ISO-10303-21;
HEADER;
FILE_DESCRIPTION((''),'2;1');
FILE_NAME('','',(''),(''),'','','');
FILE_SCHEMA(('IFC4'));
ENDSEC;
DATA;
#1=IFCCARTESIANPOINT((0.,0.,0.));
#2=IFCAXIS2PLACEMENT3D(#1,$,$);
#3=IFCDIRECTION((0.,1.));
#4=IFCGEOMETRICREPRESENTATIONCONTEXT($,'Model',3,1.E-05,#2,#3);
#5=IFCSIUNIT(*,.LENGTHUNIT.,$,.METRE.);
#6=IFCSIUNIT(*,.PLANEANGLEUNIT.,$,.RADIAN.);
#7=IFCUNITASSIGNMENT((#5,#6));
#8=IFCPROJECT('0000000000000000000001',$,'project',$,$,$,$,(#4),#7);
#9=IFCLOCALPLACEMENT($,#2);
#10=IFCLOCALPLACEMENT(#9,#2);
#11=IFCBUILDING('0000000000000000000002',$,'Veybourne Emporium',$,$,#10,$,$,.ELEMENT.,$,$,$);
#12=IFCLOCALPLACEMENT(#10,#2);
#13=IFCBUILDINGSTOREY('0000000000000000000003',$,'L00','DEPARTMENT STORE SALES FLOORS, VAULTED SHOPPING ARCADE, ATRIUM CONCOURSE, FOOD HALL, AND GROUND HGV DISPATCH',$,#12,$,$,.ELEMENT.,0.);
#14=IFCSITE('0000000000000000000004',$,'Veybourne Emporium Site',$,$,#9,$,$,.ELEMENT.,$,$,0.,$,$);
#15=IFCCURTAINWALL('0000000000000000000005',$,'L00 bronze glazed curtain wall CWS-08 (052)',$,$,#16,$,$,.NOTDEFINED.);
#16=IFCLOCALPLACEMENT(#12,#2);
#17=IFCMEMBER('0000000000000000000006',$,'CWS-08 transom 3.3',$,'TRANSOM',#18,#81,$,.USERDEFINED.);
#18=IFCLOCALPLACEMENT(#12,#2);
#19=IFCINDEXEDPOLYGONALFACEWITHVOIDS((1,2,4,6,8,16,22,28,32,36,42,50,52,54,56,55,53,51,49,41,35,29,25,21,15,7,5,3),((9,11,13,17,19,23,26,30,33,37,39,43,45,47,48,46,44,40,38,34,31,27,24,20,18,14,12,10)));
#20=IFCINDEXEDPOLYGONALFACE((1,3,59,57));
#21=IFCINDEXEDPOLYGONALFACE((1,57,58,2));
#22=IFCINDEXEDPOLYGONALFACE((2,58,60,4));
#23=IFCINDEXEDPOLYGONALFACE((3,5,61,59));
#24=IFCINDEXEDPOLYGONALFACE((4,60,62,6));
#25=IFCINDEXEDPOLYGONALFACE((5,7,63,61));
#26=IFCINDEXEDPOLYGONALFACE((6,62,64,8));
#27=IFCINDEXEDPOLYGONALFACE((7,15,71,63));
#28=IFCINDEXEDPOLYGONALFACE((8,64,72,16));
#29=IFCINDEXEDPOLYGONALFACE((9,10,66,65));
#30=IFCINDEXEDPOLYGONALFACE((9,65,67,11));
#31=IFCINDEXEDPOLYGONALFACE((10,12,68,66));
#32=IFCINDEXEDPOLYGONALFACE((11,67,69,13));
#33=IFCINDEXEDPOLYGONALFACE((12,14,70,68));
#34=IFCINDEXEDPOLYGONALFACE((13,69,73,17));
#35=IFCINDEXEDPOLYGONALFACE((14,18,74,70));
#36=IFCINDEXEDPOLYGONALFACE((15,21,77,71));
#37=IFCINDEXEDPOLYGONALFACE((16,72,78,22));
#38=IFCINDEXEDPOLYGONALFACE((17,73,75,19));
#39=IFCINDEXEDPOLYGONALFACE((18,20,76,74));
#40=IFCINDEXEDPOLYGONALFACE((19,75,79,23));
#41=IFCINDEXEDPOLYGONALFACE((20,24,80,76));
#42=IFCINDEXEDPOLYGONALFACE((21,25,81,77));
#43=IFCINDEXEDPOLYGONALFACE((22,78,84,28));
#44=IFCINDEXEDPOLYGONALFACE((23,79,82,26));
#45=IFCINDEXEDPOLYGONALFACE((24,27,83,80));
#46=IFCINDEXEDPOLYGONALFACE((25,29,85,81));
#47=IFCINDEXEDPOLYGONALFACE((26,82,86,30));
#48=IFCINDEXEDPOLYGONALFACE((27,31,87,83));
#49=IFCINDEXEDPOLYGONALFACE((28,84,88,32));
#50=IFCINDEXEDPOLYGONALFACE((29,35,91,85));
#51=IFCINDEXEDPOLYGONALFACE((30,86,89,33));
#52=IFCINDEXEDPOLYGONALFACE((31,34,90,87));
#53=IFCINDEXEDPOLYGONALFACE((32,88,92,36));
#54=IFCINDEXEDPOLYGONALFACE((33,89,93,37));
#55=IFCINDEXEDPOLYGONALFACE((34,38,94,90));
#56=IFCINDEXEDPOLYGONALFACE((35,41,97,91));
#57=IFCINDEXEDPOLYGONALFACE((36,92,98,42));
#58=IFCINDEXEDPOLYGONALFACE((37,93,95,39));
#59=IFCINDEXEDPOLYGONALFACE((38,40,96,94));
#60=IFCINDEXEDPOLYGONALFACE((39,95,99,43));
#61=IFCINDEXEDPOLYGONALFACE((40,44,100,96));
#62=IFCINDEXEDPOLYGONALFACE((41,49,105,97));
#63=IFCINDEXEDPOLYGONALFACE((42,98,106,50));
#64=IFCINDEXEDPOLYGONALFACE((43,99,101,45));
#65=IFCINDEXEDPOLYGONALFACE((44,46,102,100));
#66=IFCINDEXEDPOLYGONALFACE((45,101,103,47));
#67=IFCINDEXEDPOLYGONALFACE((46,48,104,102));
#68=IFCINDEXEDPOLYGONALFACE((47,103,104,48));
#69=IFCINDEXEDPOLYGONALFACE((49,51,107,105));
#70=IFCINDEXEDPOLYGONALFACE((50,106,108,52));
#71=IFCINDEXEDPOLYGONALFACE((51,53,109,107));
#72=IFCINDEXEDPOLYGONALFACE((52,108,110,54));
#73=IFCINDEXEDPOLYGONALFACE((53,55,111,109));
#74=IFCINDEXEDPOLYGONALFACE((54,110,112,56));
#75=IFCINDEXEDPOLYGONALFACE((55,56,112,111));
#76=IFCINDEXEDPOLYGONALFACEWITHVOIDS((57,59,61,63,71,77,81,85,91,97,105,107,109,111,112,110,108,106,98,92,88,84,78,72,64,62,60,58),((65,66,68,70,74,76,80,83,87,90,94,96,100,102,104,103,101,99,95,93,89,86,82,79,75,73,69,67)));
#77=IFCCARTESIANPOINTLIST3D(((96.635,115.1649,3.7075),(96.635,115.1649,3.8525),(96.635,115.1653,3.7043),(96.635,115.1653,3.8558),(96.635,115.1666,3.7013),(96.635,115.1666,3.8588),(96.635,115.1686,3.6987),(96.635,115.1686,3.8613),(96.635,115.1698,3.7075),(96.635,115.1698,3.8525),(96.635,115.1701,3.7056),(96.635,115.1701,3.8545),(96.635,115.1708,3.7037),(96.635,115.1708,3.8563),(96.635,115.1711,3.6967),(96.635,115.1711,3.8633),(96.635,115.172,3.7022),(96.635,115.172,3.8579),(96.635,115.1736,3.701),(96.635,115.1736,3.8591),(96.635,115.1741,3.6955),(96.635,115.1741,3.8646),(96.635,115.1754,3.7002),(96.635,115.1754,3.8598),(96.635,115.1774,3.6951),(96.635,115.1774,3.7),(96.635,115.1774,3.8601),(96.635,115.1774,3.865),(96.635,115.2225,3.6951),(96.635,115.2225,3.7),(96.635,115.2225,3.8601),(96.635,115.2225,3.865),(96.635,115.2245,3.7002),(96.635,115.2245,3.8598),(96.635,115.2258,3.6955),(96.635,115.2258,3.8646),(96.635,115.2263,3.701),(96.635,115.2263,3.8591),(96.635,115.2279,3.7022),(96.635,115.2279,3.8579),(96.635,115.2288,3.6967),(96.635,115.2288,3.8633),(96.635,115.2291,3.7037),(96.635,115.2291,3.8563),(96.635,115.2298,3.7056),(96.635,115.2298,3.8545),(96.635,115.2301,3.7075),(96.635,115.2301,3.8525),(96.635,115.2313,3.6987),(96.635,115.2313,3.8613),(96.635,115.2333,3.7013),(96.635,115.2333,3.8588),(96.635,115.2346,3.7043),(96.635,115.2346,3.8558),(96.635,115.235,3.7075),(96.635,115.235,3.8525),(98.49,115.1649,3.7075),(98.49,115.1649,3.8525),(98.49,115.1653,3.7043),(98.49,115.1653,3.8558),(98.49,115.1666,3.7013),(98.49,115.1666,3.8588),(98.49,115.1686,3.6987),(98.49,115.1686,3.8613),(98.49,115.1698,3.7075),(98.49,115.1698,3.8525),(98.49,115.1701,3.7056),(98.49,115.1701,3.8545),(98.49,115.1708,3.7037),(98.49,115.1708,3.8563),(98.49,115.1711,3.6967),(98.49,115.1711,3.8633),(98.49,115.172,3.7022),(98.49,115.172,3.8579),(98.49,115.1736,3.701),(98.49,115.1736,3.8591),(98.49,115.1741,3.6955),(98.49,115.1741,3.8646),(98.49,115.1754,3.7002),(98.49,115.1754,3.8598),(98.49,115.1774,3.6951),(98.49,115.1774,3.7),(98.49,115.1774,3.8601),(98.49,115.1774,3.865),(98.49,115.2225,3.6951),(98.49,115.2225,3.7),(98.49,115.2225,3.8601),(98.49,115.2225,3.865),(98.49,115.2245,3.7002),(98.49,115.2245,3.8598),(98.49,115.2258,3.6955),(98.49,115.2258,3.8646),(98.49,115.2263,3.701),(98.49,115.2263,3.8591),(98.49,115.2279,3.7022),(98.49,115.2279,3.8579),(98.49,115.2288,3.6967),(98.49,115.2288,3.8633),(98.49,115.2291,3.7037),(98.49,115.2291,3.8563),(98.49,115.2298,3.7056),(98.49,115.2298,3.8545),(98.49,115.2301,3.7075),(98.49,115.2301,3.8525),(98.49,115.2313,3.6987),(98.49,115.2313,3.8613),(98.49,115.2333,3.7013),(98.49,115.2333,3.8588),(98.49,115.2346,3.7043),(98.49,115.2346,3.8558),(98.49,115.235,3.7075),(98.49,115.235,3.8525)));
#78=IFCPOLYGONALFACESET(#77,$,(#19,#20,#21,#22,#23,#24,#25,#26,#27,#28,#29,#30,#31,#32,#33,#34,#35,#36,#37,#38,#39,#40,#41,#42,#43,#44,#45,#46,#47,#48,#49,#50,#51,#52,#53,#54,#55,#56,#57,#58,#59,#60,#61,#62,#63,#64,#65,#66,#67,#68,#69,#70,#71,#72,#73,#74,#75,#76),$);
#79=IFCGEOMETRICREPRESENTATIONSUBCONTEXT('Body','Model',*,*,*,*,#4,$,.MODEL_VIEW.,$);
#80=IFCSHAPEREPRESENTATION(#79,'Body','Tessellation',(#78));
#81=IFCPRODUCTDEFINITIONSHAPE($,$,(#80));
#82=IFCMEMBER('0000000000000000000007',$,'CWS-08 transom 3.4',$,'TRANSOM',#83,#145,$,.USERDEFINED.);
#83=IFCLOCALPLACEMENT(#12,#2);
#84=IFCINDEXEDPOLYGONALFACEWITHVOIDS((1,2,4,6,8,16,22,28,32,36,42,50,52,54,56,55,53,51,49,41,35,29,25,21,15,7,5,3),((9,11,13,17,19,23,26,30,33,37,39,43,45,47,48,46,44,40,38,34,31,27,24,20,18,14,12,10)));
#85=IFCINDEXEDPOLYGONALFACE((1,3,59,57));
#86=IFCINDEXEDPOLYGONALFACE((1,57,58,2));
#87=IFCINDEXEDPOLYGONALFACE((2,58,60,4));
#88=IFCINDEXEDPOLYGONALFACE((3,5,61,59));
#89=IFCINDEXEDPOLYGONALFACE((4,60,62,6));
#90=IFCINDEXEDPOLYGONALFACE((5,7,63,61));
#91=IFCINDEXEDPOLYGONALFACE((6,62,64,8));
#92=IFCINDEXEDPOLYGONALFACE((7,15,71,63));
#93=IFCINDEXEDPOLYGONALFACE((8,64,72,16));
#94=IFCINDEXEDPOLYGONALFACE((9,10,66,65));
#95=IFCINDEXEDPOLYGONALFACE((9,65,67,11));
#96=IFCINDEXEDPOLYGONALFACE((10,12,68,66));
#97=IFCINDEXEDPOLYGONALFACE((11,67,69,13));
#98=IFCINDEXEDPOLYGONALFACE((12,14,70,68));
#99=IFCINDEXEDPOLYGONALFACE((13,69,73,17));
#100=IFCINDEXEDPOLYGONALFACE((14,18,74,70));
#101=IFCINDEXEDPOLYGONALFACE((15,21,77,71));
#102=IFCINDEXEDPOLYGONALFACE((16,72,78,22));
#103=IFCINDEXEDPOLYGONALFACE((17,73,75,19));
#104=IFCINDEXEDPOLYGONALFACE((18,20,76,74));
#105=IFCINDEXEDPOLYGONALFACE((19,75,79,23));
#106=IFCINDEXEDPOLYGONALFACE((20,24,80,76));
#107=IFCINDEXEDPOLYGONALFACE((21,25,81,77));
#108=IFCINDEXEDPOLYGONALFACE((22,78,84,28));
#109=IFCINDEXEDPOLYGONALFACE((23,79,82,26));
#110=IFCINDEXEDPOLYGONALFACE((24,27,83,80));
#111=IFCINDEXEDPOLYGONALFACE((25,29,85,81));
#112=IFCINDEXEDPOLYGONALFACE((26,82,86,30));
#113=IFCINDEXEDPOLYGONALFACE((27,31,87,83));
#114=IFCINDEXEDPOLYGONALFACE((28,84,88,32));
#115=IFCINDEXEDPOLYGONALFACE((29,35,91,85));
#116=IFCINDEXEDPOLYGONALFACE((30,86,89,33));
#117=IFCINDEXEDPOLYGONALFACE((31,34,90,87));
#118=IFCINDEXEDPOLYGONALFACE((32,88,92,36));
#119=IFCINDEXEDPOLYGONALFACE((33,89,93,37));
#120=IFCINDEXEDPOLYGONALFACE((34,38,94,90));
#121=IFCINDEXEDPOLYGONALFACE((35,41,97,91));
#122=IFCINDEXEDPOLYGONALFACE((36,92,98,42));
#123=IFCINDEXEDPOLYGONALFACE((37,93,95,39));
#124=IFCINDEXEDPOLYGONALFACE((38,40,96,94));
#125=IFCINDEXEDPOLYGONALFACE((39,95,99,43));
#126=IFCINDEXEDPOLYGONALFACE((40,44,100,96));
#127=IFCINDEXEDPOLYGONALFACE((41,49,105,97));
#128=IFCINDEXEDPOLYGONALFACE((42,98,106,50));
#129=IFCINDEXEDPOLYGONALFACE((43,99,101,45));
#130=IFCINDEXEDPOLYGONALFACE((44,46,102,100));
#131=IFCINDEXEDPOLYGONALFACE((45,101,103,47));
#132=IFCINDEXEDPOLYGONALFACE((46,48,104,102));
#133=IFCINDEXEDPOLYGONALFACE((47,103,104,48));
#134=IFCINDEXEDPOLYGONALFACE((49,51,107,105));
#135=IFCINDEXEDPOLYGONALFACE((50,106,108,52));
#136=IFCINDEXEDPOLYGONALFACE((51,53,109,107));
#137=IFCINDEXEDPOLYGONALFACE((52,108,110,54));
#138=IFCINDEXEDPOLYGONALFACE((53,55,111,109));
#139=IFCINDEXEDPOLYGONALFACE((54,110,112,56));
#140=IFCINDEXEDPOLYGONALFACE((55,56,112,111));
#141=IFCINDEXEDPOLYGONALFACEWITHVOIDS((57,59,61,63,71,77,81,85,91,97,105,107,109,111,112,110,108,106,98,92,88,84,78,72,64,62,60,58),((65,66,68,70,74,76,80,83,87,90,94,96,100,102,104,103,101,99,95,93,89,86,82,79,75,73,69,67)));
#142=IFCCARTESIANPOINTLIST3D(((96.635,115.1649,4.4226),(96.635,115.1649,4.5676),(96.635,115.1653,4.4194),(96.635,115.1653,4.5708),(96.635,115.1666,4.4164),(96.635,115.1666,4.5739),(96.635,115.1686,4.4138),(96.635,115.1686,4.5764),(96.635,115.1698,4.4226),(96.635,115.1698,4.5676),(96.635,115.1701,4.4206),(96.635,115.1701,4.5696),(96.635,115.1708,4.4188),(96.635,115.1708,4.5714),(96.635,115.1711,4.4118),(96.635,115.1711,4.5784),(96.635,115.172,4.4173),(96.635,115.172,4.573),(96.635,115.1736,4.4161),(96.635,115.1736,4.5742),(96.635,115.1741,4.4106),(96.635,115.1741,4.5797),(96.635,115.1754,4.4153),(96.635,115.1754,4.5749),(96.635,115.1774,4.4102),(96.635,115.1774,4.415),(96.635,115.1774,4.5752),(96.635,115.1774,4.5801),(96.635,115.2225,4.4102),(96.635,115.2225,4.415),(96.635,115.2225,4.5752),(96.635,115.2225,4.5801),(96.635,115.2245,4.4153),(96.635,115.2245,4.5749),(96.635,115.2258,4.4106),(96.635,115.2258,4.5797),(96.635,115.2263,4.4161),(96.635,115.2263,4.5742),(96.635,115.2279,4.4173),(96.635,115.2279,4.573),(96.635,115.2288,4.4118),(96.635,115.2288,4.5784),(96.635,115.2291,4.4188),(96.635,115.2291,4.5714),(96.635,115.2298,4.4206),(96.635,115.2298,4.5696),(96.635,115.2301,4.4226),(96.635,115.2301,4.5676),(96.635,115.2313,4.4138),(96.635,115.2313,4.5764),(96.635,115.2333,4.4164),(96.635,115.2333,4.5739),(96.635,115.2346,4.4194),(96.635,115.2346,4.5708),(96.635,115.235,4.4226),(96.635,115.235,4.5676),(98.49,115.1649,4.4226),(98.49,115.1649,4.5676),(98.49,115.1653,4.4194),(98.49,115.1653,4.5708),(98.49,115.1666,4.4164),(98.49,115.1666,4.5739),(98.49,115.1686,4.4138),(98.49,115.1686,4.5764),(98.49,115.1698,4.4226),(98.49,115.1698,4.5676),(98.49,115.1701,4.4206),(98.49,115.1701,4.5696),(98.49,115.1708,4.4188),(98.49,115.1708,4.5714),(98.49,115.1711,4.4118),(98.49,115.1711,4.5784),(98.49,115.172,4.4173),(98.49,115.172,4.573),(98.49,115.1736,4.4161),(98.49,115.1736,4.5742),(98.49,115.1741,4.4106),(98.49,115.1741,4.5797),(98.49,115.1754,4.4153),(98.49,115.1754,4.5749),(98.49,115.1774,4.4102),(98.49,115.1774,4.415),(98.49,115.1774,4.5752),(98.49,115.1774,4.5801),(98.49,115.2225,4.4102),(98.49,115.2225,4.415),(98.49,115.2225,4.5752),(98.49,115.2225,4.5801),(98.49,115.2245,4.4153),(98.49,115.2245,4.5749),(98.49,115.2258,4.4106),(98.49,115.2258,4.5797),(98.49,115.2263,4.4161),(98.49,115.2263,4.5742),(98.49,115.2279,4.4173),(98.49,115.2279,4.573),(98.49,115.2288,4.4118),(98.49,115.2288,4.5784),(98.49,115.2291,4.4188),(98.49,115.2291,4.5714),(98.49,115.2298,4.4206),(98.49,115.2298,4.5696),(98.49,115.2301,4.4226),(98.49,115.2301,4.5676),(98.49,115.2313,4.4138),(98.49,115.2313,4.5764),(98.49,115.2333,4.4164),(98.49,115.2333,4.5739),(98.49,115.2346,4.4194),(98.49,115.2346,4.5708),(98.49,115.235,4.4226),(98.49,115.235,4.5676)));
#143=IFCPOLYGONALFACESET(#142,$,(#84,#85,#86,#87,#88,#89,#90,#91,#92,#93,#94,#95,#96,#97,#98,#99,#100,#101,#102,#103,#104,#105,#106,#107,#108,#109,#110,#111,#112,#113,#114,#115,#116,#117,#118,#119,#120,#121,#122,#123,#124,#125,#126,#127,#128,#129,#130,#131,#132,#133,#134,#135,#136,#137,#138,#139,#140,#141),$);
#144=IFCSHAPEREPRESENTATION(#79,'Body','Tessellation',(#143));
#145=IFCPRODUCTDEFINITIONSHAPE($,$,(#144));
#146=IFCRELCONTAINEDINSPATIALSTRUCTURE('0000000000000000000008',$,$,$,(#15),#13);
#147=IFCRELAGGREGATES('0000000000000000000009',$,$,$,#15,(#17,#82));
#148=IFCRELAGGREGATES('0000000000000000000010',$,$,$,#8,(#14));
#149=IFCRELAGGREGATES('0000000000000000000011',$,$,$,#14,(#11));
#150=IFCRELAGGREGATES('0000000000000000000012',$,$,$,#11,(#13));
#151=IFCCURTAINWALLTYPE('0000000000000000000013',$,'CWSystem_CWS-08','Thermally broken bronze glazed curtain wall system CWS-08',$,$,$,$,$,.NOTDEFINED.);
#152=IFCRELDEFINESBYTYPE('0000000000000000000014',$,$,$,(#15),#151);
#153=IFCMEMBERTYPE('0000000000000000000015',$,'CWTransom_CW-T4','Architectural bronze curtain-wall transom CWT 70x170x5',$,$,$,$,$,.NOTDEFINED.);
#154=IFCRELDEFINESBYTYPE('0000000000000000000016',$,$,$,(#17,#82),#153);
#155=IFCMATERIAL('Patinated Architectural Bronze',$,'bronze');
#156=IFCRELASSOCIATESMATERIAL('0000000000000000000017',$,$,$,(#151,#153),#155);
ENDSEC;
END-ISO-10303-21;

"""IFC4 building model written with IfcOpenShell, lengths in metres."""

from ifc_helpers import new_model, si_unit, direction, frame, origin, origin_2d, place, context, subcontext, project, spatial, hollow_rectangle, extrude, material, material_profile, profile_set, type_object, element, aggregate, save


model = new_model("IFC4")

# Units and contexts
model_context = context("Model", 3, precision=1e-05, world=origin(), true_north=direction((0.0, 1.0)))
body_context = subcontext(model_context, "Body", "Model", "MODEL_VIEW")
ifc_project = project(units=[si_unit("LENGTHUNIT", "METRE"), si_unit("PLANEANGLEUNIT", "RADIAN")], contexts=[model_context])

# Site, building, storey
site_placement = place(None, origin())
site = spatial("IfcSite", under=ifc_project, at=site_placement, Name="Veybourne Emporium Site", CompositionType="ELEMENT", RefElevation=0.0)
building_placement = place(site_placement, origin())
building = spatial("IfcBuilding", under=site, at=building_placement, Name="Veybourne Emporium", CompositionType="ELEMENT")
storey_placement = place(building_placement, origin())
storey = spatial("IfcBuildingStorey", under=building, at=storey_placement, Name="L00", Description="DEPARTMENT STORE SALES FLOORS, VAULTED SHOPPING ARCADE, ATRIUM CONCOURSE, FOOD HALL, AND GROUND HGV DISPATCH", CompositionType="ELEMENT", Elevation=0.0)

# Curtain wall, members
ifc_material_1 = material(Name="Patinated Architectural Bronze", Category="bronze")
curtain_wall_type = type_object("IfcCurtainWallType", Name="CWSystem_CWS-08", Description="Thermally broken bronze glazed curtain wall system CWS-08", PredefinedType="NOTDEFINED", material=ifc_material_1)
curtain_wall_placement = place(storey_placement, origin())
curtain_wall = element("IfcCurtainWall", 1, at=curtain_wall_placement, inside=storey, type_object=curtain_wall_type, Name="L00 bronze glazed curtain wall CWS-08 (052)", PredefinedType="NOTDEFINED")
ifc_material_profile_1 = material_profile(ifc_material_1, hollow_rectangle(XDim=0.0701, YDim=0.1699, WallThickness=0.0049, InnerFilletRadius=0.0076, OuterFilletRadius=0.0125, at=origin_2d()), Name="CWT 70x170x5")
ifc_profile_set_1 = profile_set([ifc_material_profile_1], Name="Patinated Architectural Bronze")
member_type_1 = type_object("IfcMemberType", Name="CWTransom_CW-T4", Description="Architectural bronze curtain-wall transom CWT 70x170x5", PredefinedType="NOTDEFINED", material=ifc_profile_set_1)
member_1_placement = place(storey_placement, frame((96.635, 115.2, 3.78), z_axis=(1.0, 0.0, 0.0), x_axis=(0.0, 1.0, 0.0)))
member_1 = element("IfcMember", 2, at=member_1_placement, type_object=member_type_1, Name="CWS-08 transom 3.3", ObjectType="TRANSOM", PredefinedType="USERDEFINED", context=body_context, shape_type="SweptSolid", body=[
    extrude(hollow_rectangle(XDim=0.0701, YDim=0.1699, WallThickness=0.0049, InnerFilletRadius=0.0076, OuterFilletRadius=0.0125, at=origin_2d()), origin(), (0.0, 0.0, 1.0), 1.855),
])
member_2_placement = place(storey_placement, frame((96.635, 115.2, 4.4951), z_axis=(1.0, 0.0, 0.0), x_axis=(0.0, 1.0, 0.0)))
member_2 = element("IfcMember", 3, at=member_2_placement, type_object=member_type_1, Name="CWS-08 transom 3.4", ObjectType="TRANSOM", PredefinedType="USERDEFINED", context=body_context, shape_type="SweptSolid", body=[
    extrude(hollow_rectangle(XDim=0.0701, YDim=0.1699, WallThickness=0.0049, InnerFilletRadius=0.0076, OuterFilletRadius=0.0125, at=origin_2d()), origin(), (0.0, 0.0, 1.0), 1.855),
])

aggregate(curtain_wall, [member_1, member_2])

save(model, "model.ifc")
